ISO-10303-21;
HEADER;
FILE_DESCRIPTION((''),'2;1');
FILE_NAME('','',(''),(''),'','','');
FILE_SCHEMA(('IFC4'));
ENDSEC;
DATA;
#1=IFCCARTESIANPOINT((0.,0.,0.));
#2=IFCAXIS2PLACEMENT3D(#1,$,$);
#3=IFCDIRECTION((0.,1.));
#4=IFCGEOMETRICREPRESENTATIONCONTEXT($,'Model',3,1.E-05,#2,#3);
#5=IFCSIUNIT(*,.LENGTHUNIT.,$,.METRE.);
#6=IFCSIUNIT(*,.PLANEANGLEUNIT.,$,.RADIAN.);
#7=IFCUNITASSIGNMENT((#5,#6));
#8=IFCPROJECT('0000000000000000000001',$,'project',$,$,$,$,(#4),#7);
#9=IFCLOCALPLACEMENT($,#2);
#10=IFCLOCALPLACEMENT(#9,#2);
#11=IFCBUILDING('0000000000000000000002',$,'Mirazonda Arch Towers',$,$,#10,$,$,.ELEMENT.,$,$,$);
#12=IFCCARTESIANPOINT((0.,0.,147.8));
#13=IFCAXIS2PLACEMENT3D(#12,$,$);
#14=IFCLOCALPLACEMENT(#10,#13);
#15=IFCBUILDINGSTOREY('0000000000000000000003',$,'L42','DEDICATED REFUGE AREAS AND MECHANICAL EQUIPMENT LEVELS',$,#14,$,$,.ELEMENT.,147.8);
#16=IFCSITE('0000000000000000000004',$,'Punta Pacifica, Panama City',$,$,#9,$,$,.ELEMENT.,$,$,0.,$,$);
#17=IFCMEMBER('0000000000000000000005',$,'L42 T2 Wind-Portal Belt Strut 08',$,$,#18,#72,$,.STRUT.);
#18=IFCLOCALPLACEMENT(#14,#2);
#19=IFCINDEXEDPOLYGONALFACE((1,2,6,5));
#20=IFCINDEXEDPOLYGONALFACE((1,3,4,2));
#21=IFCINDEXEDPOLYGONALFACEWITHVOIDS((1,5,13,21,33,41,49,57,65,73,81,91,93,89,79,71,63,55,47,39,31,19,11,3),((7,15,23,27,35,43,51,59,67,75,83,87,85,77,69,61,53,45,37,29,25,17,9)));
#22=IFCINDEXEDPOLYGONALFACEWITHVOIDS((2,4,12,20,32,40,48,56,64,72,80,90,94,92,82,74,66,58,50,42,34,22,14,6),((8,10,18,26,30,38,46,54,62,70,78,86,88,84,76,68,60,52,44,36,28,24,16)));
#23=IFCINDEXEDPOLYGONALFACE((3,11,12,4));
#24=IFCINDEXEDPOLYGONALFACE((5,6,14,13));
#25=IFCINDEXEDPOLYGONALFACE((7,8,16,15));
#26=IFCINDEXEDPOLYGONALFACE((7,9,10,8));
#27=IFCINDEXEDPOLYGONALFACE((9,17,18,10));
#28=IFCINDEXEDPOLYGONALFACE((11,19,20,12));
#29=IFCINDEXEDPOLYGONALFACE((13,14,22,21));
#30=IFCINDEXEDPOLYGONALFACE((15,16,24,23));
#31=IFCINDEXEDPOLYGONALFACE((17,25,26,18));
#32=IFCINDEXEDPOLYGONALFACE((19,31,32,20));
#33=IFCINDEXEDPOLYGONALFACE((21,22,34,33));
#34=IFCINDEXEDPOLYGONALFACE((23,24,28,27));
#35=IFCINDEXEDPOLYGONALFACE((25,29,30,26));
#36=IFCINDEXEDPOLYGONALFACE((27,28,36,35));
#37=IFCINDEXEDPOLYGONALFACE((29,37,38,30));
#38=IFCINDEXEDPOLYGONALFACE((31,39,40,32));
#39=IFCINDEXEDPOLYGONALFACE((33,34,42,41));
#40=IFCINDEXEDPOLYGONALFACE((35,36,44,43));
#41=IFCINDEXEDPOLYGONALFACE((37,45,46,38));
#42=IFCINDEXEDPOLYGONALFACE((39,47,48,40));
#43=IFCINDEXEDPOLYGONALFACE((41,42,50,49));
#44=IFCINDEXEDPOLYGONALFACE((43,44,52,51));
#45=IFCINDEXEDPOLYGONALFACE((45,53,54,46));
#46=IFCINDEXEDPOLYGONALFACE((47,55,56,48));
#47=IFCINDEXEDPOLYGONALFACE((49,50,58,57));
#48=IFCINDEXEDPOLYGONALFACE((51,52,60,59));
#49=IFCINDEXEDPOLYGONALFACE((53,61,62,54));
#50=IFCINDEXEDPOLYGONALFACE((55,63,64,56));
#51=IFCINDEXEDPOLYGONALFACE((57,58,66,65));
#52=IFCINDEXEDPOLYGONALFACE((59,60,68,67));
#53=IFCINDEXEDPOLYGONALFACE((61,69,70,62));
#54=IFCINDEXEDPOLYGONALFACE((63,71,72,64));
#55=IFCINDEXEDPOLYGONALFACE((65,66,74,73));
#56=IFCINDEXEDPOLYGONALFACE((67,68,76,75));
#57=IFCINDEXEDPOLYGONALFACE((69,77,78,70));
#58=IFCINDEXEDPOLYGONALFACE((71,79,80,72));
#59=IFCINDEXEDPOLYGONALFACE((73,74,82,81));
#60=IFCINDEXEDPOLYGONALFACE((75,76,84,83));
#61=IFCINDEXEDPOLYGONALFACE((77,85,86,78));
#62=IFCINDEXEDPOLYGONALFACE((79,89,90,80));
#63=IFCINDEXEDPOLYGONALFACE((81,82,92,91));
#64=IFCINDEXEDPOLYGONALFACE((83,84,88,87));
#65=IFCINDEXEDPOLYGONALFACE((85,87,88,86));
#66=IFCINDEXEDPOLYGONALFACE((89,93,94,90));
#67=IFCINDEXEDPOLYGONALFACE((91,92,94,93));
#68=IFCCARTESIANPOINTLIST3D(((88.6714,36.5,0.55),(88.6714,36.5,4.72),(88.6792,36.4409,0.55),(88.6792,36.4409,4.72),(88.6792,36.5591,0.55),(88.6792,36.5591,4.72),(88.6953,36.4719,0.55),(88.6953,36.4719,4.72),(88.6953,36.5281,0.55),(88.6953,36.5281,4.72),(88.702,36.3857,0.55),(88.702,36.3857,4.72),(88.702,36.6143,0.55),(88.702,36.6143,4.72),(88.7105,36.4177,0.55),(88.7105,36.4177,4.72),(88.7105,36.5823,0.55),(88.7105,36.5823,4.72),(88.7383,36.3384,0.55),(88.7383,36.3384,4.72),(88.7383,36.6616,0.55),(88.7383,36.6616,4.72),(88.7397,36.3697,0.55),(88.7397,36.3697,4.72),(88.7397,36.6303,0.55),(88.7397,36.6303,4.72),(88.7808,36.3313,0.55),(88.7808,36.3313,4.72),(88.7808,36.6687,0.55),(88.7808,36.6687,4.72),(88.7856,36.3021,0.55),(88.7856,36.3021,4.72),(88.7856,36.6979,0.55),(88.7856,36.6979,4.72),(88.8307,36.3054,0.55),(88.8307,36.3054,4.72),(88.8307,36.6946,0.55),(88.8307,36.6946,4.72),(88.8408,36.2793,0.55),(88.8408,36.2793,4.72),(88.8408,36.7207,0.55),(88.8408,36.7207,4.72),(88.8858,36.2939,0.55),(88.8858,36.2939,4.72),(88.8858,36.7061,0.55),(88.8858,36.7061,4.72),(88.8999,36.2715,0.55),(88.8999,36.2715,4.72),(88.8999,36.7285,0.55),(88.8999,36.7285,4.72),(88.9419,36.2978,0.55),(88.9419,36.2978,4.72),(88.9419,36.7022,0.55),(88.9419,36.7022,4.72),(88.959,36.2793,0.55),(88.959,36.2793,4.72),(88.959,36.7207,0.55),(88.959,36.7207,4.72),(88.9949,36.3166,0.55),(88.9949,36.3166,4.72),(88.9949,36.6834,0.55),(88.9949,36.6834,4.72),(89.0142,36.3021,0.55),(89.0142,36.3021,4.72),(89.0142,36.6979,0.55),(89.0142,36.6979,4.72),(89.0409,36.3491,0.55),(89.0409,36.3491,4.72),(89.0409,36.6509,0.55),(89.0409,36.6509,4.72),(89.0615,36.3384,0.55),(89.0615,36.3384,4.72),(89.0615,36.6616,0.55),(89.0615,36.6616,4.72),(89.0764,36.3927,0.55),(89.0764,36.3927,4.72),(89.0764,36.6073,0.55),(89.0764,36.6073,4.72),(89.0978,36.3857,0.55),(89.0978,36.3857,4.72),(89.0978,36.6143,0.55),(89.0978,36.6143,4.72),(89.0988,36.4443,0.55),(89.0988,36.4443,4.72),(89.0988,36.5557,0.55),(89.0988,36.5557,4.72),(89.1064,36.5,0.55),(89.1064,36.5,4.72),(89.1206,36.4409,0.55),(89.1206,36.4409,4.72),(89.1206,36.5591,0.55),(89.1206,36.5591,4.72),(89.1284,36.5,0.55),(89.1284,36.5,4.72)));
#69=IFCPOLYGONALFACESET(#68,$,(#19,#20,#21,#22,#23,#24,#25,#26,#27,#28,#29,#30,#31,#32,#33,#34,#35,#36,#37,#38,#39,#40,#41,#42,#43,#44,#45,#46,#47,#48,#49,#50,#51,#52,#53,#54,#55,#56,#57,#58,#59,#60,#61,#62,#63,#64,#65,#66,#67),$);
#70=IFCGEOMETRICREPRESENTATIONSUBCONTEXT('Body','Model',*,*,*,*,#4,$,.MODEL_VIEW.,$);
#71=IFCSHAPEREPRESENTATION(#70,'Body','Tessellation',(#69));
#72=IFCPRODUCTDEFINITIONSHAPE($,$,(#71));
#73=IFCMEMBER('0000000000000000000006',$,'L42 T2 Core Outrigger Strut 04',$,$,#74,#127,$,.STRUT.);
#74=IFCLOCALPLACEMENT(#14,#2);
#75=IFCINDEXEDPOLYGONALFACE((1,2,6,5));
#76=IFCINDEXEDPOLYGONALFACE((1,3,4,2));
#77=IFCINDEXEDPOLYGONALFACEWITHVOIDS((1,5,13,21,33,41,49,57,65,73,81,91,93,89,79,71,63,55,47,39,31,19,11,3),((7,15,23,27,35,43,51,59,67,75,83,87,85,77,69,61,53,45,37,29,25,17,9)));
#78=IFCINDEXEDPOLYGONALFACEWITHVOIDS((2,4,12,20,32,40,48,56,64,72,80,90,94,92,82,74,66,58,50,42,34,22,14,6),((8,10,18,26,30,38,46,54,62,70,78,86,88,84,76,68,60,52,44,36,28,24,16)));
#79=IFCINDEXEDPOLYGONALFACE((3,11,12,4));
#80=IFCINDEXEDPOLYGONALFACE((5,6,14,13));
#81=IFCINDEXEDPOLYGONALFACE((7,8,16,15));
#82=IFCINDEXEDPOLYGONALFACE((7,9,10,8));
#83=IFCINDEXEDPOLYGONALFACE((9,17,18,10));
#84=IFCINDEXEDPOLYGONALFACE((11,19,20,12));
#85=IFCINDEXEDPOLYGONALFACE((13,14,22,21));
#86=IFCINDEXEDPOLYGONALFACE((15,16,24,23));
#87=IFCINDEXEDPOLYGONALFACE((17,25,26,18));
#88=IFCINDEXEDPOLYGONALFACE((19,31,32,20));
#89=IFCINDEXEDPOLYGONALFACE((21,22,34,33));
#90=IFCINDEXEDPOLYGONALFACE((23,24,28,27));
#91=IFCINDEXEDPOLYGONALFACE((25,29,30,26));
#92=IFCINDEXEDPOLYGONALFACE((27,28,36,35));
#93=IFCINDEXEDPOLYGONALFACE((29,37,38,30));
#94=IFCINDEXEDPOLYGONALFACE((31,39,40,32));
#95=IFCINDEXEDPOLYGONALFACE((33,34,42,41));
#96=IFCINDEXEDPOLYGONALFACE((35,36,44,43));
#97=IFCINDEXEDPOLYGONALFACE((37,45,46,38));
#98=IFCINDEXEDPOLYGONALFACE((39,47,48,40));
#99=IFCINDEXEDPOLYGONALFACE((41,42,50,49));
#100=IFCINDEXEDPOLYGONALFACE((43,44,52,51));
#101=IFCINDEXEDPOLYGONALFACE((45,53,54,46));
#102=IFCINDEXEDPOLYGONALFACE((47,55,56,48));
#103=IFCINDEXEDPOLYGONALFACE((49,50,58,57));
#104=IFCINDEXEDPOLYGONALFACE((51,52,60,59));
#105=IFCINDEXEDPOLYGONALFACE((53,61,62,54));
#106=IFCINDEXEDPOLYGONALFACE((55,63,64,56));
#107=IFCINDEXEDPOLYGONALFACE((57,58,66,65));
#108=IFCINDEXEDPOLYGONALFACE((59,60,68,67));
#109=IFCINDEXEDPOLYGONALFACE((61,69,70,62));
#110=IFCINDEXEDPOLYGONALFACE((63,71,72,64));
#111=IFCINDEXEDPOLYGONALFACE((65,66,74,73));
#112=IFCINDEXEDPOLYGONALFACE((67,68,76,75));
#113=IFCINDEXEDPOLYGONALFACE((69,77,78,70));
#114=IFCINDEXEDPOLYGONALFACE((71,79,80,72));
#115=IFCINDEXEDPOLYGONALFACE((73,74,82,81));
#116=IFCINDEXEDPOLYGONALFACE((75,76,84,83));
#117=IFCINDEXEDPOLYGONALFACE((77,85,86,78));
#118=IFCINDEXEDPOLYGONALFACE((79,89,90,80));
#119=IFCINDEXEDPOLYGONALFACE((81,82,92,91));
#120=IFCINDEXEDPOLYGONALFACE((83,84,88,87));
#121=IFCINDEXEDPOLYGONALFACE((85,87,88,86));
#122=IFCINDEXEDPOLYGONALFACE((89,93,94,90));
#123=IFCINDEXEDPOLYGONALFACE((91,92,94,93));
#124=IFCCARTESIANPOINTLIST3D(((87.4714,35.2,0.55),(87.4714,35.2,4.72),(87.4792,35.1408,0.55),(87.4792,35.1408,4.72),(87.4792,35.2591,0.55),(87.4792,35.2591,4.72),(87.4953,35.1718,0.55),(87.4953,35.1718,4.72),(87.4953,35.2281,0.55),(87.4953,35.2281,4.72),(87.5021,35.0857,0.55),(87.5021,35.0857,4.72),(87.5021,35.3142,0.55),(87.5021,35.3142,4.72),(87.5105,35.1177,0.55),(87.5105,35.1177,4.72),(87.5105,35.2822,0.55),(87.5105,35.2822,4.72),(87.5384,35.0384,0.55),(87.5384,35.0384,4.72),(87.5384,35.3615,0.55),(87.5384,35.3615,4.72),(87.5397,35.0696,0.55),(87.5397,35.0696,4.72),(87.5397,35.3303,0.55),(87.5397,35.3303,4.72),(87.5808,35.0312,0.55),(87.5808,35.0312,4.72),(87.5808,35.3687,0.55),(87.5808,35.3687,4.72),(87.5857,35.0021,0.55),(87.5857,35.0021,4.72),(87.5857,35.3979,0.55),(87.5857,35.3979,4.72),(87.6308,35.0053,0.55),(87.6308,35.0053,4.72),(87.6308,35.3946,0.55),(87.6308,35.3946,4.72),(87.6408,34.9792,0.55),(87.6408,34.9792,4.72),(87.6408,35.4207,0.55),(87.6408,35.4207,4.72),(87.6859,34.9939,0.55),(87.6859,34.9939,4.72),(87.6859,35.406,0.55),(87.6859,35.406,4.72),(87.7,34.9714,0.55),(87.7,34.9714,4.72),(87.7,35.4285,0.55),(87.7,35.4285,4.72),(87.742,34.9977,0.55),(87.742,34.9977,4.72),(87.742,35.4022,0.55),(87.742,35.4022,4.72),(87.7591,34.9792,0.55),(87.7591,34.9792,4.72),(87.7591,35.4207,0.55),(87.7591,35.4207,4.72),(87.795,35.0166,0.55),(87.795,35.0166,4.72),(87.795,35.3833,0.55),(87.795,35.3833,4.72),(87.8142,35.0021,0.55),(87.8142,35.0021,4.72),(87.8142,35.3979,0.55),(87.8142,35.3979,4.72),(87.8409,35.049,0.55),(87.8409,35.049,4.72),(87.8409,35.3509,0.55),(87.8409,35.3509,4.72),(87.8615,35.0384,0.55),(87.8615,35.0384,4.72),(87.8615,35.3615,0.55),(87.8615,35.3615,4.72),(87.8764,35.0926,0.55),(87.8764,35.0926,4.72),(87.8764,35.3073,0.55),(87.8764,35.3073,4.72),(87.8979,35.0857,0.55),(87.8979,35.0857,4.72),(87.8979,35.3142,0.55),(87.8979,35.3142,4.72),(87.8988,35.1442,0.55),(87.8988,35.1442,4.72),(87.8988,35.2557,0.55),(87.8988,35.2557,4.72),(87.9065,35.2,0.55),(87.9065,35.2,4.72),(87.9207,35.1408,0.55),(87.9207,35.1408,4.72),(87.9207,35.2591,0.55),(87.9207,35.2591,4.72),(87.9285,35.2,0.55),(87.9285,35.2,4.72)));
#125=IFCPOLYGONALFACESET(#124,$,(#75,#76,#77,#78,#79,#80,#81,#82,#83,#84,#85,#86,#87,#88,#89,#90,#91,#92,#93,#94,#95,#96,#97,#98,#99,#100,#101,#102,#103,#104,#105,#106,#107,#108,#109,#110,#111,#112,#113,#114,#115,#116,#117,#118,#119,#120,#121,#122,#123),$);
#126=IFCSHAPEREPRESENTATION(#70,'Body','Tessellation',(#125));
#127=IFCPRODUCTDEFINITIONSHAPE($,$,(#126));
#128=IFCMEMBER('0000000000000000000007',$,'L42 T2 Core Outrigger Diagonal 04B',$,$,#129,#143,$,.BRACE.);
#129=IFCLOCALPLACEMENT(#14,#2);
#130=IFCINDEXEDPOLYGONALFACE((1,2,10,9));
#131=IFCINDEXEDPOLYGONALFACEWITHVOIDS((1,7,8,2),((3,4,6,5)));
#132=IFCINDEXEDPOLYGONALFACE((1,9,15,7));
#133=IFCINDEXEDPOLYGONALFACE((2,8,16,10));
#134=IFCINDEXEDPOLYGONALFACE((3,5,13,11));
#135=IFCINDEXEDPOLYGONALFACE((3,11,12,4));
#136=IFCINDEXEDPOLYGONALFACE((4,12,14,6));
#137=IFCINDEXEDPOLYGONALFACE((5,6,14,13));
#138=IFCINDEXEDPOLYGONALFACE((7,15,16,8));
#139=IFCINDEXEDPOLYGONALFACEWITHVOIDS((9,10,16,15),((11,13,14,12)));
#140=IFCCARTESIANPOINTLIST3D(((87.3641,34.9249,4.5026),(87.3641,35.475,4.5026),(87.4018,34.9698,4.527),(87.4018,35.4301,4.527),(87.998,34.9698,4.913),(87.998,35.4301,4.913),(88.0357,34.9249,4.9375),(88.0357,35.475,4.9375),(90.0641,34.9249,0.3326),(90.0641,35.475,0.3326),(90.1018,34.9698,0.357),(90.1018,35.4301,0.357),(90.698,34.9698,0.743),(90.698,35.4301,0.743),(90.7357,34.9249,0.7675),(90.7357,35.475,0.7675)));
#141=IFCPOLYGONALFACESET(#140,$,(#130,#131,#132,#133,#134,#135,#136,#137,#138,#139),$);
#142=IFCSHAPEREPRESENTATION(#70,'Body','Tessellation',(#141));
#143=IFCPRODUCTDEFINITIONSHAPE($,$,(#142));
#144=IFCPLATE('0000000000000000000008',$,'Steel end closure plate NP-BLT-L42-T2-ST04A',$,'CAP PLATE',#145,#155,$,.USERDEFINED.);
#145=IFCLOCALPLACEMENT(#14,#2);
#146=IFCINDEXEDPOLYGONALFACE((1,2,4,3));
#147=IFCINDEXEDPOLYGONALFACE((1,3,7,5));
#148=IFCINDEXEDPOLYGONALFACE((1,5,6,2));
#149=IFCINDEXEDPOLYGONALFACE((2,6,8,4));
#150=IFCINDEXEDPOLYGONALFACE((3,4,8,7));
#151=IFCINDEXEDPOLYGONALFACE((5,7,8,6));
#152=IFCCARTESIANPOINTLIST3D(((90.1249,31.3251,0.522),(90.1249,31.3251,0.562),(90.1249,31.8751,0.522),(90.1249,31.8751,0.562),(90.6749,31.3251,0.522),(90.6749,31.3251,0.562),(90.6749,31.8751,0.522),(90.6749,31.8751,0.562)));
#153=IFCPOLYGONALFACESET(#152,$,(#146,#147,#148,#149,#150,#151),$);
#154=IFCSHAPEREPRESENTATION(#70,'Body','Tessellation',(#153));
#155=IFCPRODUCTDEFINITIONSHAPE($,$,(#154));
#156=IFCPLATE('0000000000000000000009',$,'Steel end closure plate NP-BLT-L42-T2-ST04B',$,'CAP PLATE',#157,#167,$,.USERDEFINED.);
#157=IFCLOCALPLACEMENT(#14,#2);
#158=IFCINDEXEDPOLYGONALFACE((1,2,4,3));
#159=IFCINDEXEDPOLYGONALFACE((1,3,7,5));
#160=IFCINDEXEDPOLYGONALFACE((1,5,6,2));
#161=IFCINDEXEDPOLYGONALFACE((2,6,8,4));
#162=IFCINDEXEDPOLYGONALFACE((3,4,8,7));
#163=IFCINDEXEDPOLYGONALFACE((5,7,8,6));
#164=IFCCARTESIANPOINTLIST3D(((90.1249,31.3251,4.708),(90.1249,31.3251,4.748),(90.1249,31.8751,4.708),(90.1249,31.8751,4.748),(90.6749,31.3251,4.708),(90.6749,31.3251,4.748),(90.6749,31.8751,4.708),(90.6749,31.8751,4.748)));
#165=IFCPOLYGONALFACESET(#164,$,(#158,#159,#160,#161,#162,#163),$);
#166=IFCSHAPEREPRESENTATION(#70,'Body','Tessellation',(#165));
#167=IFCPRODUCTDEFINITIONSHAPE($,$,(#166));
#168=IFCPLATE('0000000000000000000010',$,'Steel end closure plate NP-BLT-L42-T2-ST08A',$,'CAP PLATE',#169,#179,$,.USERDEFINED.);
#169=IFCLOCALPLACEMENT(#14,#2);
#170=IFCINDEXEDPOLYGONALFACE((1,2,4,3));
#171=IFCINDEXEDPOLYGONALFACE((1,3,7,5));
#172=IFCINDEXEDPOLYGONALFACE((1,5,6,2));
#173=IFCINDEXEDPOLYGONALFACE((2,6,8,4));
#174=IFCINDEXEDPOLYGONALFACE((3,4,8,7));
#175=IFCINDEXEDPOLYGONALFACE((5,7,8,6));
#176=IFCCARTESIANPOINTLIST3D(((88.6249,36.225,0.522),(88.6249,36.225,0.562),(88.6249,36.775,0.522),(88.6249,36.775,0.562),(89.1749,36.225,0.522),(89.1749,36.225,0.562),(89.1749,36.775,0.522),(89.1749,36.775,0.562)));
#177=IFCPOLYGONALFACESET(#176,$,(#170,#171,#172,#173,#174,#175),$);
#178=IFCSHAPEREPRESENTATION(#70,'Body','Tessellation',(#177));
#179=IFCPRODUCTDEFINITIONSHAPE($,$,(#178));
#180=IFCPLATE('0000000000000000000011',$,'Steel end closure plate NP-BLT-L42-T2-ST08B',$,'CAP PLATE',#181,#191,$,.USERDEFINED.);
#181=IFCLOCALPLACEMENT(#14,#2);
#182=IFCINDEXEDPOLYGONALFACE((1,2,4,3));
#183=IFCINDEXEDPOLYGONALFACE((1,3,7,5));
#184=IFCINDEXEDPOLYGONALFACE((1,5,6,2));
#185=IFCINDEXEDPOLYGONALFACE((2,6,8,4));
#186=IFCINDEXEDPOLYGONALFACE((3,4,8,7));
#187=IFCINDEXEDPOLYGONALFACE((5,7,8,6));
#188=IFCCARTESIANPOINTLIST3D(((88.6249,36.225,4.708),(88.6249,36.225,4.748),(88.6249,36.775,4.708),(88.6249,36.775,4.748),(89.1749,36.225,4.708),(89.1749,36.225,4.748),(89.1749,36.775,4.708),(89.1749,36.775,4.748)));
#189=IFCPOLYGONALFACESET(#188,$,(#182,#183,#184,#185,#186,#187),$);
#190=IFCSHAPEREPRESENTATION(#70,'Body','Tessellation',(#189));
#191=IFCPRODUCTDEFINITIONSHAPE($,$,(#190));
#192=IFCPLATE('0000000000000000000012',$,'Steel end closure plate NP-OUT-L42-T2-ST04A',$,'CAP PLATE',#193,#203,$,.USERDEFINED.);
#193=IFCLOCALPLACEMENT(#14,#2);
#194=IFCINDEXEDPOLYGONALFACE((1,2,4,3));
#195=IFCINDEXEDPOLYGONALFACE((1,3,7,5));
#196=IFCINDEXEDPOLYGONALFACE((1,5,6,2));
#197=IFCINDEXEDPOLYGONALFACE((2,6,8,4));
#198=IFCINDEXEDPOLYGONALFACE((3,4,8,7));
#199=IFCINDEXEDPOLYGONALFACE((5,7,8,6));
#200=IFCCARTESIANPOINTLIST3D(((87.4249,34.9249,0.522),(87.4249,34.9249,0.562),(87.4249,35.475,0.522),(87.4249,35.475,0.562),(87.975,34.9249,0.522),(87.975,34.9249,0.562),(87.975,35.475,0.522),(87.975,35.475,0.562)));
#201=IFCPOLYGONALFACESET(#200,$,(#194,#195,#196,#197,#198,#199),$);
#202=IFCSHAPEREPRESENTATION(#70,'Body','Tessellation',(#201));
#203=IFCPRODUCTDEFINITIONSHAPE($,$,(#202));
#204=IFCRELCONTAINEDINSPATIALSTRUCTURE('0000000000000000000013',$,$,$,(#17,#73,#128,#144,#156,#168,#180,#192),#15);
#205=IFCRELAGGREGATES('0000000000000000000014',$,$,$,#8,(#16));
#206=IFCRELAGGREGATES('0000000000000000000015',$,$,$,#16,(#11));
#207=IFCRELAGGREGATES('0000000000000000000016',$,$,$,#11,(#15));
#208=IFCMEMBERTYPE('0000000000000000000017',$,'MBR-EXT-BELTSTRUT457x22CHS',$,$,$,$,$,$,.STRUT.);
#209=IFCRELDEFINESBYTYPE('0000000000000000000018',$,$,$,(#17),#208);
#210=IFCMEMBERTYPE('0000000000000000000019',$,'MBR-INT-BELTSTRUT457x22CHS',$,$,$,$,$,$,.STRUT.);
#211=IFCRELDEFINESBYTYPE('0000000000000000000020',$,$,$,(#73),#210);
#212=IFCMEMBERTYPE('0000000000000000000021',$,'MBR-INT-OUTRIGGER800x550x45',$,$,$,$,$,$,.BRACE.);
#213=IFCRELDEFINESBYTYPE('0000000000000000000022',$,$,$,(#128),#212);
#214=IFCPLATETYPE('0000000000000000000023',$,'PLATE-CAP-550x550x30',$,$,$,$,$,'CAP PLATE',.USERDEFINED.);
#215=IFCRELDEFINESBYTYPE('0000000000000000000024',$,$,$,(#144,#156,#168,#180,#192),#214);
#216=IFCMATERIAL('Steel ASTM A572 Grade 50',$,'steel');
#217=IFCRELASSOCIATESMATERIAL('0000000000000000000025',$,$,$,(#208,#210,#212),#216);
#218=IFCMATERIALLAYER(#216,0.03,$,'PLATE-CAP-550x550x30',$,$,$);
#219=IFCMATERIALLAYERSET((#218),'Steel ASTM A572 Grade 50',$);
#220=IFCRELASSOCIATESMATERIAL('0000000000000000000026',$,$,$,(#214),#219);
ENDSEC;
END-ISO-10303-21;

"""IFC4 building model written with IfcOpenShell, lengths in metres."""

from ifc_helpers import new_model, si_unit, direction, frame, origin, origin_2d, place, context, subcontext, project, spatial, rectangle, hollow_rectangle, hollow_circle, extrude, material, layer, layer_set, material_profile, profile_set, type_object, element, save


model = new_model("IFC4")

# Units and contexts
model_context = context("Model", 3, precision=1e-05, world=origin(), true_north=direction((0.0, 1.0)))
body_context = subcontext(model_context, "Body", "Model", "MODEL_VIEW")
ifc_project = project(units=[si_unit("LENGTHUNIT", "METRE"), si_unit("PLANEANGLEUNIT", "RADIAN")], contexts=[model_context])

# Site, building, storey
site_placement = place(None, origin())
site = spatial("IfcSite", under=ifc_project, at=site_placement, Name="Punta Pacifica, Panama City", CompositionType="ELEMENT", RefElevation=0.0)
building_placement = place(site_placement, origin())
building = spatial("IfcBuilding", under=site, at=building_placement, Name="Mirazonda Arch Towers", CompositionType="ELEMENT")
storey_placement = place(building_placement, frame((0.0, 0.0, 147.8)))
storey = spatial("IfcBuildingStorey", under=building, at=storey_placement, Name="L42", Description="DEDICATED REFUGE AREAS AND MECHANICAL EQUIPMENT LEVELS", CompositionType="ELEMENT", Elevation=147.8)

# Shared definitions
ifc_material_1 = material(Name="Steel ASTM A572 Grade 50", Category="steel")

# Members
ifc_material_profile_1 = material_profile(ifc_material_1, hollow_circle(Radius=0.2285, WallThickness=0.022, at=origin_2d()), Name="BELTSTRUT457x22CHS")
ifc_profile_set_1 = profile_set([ifc_material_profile_1], Name="Steel ASTM A572 Grade 50")
member_type_1 = type_object("IfcMemberType", Name="MBR-EXT-BELTSTRUT457x22CHS", PredefinedType="STRUT", material=ifc_profile_set_1)
for number, where, z_axis, x_axis, name in (
    (1, (88.8999, 36.5, 0.55), (0.0, 0.0, 1.0), (1.0, 0.0, 0.0), "L42 T2 Wind-Portal Belt Strut 08"),
):
    element("IfcMember", number, at=place(storey_placement, frame(where, z_axis=z_axis, x_axis=x_axis)), inside=storey, type_object=member_type_1, Name=name, PredefinedType="STRUT", context=body_context, shape_type="SweptSolid", body=[
        extrude(hollow_circle(Radius=0.2285, WallThickness=0.022, at=origin_2d()), origin(), (0.0, 0.0, 1.0), 4.1699),
    ])
ifc_material_profile_2 = material_profile(ifc_material_1, hollow_circle(Radius=0.2285, WallThickness=0.022, at=origin_2d()), Name="BELTSTRUT457x22CHS")
ifc_profile_set_2 = profile_set([ifc_material_profile_2], Name="Steel ASTM A572 Grade 50")
member_type_2 = type_object("IfcMemberType", Name="MBR-INT-BELTSTRUT457x22CHS", PredefinedType="STRUT", material=ifc_profile_set_2)
member_1_placement = place(storey_placement, frame((87.7, 35.2, 0.55), z_axis=(0.0, 0.0, 1.0), x_axis=(1.0, 0.0, 0.0)))
element("IfcMember", 2, at=member_1_placement, inside=storey, type_object=member_type_2, Name="L42 T2 Core Outrigger Strut 04", PredefinedType="STRUT", context=body_context, shape_type="SweptSolid", body=[
    extrude(hollow_circle(Radius=0.2285, WallThickness=0.022, at=origin_2d()), origin(), (0.0, 0.0, 1.0), 4.1699),
])
ifc_material_profile_3 = material_profile(ifc_material_1, hollow_rectangle(XDim=0.55, YDim=0.8, WallThickness=0.0449, at=origin_2d()), Name="OUTRIGGER800x550x45")
ifc_profile_set_3 = profile_set([ifc_material_profile_3], Name="Steel ASTM A572 Grade 50")
member_type_3 = type_object("IfcMemberType", Name="MBR-INT-OUTRIGGER800x550x45", PredefinedType="BRACE", material=ifc_profile_set_3)
member_2_placement = place(storey_placement, frame((90.3999, 35.2, 0.55), z_axis=(-0.543502, 0.0, 0.839408), x_axis=(0.0, -1.0, 0.0)))
element("IfcMember", 3, at=member_2_placement, inside=storey, type_object=member_type_3, Name="L42 T2 Core Outrigger Diagonal 04B", PredefinedType="BRACE", context=body_context, shape_type="SweptSolid", body=[
    extrude(hollow_rectangle(XDim=0.55, YDim=0.8, WallThickness=0.0449, at=origin_2d()), origin(), (0.0, 0.0, 1.0), 4.9678),
])

# Plates
ifc_layer_1 = layer(ifc_material_1, 0.03, Name="PLATE-CAP-550x550x30")
ifc_layer_set_1 = layer_set([ifc_layer_1], Name="Steel ASTM A572 Grade 50")
plate_type_1 = type_object("IfcPlateType", Name="PLATE-CAP-550x550x30", ElementType="CAP PLATE", PredefinedType="USERDEFINED", material=ifc_layer_set_1)
for number, where, z_axis, x_axis, name in (
    (4, (90.3999, 31.6001, 0.522), (0.0, 0.0, 1.0), (1.0, 0.0, 0.0), "Steel end closure plate NP-BLT-L42-T2-ST04A"),
    (5, (90.3999, 31.6001, 4.708), (0.0, 0.0, 1.0), (1.0, 0.0, 0.0), "Steel end closure plate NP-BLT-L42-T2-ST04B"),
    (6, (88.8999, 36.5, 0.522), (0.0, 0.0, 1.0), (1.0, 0.0, 0.0), "Steel end closure plate NP-BLT-L42-T2-ST08A"),
    (7, (88.8999, 36.5, 4.708), (0.0, 0.0, 1.0), (1.0, 0.0, 0.0), "Steel end closure plate NP-BLT-L42-T2-ST08B"),
    (8, (87.7, 35.2, 0.522), (0.0, 0.0, 1.0), (1.0, 0.0, 0.0), "Steel end closure plate NP-OUT-L42-T2-ST04A"),
):
    element("IfcPlate", number, at=place(storey_placement, frame(where, z_axis=z_axis, x_axis=x_axis)), inside=storey, type_object=plate_type_1, Name=name, ObjectType="CAP PLATE", PredefinedType="USERDEFINED", context=body_context, shape_type="SweptSolid", body=[
        extrude(rectangle(XDim=0.55, YDim=0.55, at=origin_2d()), origin(), (0.0, 0.0, 1.0), 0.04),
    ])

save(model, "model.ifc")
